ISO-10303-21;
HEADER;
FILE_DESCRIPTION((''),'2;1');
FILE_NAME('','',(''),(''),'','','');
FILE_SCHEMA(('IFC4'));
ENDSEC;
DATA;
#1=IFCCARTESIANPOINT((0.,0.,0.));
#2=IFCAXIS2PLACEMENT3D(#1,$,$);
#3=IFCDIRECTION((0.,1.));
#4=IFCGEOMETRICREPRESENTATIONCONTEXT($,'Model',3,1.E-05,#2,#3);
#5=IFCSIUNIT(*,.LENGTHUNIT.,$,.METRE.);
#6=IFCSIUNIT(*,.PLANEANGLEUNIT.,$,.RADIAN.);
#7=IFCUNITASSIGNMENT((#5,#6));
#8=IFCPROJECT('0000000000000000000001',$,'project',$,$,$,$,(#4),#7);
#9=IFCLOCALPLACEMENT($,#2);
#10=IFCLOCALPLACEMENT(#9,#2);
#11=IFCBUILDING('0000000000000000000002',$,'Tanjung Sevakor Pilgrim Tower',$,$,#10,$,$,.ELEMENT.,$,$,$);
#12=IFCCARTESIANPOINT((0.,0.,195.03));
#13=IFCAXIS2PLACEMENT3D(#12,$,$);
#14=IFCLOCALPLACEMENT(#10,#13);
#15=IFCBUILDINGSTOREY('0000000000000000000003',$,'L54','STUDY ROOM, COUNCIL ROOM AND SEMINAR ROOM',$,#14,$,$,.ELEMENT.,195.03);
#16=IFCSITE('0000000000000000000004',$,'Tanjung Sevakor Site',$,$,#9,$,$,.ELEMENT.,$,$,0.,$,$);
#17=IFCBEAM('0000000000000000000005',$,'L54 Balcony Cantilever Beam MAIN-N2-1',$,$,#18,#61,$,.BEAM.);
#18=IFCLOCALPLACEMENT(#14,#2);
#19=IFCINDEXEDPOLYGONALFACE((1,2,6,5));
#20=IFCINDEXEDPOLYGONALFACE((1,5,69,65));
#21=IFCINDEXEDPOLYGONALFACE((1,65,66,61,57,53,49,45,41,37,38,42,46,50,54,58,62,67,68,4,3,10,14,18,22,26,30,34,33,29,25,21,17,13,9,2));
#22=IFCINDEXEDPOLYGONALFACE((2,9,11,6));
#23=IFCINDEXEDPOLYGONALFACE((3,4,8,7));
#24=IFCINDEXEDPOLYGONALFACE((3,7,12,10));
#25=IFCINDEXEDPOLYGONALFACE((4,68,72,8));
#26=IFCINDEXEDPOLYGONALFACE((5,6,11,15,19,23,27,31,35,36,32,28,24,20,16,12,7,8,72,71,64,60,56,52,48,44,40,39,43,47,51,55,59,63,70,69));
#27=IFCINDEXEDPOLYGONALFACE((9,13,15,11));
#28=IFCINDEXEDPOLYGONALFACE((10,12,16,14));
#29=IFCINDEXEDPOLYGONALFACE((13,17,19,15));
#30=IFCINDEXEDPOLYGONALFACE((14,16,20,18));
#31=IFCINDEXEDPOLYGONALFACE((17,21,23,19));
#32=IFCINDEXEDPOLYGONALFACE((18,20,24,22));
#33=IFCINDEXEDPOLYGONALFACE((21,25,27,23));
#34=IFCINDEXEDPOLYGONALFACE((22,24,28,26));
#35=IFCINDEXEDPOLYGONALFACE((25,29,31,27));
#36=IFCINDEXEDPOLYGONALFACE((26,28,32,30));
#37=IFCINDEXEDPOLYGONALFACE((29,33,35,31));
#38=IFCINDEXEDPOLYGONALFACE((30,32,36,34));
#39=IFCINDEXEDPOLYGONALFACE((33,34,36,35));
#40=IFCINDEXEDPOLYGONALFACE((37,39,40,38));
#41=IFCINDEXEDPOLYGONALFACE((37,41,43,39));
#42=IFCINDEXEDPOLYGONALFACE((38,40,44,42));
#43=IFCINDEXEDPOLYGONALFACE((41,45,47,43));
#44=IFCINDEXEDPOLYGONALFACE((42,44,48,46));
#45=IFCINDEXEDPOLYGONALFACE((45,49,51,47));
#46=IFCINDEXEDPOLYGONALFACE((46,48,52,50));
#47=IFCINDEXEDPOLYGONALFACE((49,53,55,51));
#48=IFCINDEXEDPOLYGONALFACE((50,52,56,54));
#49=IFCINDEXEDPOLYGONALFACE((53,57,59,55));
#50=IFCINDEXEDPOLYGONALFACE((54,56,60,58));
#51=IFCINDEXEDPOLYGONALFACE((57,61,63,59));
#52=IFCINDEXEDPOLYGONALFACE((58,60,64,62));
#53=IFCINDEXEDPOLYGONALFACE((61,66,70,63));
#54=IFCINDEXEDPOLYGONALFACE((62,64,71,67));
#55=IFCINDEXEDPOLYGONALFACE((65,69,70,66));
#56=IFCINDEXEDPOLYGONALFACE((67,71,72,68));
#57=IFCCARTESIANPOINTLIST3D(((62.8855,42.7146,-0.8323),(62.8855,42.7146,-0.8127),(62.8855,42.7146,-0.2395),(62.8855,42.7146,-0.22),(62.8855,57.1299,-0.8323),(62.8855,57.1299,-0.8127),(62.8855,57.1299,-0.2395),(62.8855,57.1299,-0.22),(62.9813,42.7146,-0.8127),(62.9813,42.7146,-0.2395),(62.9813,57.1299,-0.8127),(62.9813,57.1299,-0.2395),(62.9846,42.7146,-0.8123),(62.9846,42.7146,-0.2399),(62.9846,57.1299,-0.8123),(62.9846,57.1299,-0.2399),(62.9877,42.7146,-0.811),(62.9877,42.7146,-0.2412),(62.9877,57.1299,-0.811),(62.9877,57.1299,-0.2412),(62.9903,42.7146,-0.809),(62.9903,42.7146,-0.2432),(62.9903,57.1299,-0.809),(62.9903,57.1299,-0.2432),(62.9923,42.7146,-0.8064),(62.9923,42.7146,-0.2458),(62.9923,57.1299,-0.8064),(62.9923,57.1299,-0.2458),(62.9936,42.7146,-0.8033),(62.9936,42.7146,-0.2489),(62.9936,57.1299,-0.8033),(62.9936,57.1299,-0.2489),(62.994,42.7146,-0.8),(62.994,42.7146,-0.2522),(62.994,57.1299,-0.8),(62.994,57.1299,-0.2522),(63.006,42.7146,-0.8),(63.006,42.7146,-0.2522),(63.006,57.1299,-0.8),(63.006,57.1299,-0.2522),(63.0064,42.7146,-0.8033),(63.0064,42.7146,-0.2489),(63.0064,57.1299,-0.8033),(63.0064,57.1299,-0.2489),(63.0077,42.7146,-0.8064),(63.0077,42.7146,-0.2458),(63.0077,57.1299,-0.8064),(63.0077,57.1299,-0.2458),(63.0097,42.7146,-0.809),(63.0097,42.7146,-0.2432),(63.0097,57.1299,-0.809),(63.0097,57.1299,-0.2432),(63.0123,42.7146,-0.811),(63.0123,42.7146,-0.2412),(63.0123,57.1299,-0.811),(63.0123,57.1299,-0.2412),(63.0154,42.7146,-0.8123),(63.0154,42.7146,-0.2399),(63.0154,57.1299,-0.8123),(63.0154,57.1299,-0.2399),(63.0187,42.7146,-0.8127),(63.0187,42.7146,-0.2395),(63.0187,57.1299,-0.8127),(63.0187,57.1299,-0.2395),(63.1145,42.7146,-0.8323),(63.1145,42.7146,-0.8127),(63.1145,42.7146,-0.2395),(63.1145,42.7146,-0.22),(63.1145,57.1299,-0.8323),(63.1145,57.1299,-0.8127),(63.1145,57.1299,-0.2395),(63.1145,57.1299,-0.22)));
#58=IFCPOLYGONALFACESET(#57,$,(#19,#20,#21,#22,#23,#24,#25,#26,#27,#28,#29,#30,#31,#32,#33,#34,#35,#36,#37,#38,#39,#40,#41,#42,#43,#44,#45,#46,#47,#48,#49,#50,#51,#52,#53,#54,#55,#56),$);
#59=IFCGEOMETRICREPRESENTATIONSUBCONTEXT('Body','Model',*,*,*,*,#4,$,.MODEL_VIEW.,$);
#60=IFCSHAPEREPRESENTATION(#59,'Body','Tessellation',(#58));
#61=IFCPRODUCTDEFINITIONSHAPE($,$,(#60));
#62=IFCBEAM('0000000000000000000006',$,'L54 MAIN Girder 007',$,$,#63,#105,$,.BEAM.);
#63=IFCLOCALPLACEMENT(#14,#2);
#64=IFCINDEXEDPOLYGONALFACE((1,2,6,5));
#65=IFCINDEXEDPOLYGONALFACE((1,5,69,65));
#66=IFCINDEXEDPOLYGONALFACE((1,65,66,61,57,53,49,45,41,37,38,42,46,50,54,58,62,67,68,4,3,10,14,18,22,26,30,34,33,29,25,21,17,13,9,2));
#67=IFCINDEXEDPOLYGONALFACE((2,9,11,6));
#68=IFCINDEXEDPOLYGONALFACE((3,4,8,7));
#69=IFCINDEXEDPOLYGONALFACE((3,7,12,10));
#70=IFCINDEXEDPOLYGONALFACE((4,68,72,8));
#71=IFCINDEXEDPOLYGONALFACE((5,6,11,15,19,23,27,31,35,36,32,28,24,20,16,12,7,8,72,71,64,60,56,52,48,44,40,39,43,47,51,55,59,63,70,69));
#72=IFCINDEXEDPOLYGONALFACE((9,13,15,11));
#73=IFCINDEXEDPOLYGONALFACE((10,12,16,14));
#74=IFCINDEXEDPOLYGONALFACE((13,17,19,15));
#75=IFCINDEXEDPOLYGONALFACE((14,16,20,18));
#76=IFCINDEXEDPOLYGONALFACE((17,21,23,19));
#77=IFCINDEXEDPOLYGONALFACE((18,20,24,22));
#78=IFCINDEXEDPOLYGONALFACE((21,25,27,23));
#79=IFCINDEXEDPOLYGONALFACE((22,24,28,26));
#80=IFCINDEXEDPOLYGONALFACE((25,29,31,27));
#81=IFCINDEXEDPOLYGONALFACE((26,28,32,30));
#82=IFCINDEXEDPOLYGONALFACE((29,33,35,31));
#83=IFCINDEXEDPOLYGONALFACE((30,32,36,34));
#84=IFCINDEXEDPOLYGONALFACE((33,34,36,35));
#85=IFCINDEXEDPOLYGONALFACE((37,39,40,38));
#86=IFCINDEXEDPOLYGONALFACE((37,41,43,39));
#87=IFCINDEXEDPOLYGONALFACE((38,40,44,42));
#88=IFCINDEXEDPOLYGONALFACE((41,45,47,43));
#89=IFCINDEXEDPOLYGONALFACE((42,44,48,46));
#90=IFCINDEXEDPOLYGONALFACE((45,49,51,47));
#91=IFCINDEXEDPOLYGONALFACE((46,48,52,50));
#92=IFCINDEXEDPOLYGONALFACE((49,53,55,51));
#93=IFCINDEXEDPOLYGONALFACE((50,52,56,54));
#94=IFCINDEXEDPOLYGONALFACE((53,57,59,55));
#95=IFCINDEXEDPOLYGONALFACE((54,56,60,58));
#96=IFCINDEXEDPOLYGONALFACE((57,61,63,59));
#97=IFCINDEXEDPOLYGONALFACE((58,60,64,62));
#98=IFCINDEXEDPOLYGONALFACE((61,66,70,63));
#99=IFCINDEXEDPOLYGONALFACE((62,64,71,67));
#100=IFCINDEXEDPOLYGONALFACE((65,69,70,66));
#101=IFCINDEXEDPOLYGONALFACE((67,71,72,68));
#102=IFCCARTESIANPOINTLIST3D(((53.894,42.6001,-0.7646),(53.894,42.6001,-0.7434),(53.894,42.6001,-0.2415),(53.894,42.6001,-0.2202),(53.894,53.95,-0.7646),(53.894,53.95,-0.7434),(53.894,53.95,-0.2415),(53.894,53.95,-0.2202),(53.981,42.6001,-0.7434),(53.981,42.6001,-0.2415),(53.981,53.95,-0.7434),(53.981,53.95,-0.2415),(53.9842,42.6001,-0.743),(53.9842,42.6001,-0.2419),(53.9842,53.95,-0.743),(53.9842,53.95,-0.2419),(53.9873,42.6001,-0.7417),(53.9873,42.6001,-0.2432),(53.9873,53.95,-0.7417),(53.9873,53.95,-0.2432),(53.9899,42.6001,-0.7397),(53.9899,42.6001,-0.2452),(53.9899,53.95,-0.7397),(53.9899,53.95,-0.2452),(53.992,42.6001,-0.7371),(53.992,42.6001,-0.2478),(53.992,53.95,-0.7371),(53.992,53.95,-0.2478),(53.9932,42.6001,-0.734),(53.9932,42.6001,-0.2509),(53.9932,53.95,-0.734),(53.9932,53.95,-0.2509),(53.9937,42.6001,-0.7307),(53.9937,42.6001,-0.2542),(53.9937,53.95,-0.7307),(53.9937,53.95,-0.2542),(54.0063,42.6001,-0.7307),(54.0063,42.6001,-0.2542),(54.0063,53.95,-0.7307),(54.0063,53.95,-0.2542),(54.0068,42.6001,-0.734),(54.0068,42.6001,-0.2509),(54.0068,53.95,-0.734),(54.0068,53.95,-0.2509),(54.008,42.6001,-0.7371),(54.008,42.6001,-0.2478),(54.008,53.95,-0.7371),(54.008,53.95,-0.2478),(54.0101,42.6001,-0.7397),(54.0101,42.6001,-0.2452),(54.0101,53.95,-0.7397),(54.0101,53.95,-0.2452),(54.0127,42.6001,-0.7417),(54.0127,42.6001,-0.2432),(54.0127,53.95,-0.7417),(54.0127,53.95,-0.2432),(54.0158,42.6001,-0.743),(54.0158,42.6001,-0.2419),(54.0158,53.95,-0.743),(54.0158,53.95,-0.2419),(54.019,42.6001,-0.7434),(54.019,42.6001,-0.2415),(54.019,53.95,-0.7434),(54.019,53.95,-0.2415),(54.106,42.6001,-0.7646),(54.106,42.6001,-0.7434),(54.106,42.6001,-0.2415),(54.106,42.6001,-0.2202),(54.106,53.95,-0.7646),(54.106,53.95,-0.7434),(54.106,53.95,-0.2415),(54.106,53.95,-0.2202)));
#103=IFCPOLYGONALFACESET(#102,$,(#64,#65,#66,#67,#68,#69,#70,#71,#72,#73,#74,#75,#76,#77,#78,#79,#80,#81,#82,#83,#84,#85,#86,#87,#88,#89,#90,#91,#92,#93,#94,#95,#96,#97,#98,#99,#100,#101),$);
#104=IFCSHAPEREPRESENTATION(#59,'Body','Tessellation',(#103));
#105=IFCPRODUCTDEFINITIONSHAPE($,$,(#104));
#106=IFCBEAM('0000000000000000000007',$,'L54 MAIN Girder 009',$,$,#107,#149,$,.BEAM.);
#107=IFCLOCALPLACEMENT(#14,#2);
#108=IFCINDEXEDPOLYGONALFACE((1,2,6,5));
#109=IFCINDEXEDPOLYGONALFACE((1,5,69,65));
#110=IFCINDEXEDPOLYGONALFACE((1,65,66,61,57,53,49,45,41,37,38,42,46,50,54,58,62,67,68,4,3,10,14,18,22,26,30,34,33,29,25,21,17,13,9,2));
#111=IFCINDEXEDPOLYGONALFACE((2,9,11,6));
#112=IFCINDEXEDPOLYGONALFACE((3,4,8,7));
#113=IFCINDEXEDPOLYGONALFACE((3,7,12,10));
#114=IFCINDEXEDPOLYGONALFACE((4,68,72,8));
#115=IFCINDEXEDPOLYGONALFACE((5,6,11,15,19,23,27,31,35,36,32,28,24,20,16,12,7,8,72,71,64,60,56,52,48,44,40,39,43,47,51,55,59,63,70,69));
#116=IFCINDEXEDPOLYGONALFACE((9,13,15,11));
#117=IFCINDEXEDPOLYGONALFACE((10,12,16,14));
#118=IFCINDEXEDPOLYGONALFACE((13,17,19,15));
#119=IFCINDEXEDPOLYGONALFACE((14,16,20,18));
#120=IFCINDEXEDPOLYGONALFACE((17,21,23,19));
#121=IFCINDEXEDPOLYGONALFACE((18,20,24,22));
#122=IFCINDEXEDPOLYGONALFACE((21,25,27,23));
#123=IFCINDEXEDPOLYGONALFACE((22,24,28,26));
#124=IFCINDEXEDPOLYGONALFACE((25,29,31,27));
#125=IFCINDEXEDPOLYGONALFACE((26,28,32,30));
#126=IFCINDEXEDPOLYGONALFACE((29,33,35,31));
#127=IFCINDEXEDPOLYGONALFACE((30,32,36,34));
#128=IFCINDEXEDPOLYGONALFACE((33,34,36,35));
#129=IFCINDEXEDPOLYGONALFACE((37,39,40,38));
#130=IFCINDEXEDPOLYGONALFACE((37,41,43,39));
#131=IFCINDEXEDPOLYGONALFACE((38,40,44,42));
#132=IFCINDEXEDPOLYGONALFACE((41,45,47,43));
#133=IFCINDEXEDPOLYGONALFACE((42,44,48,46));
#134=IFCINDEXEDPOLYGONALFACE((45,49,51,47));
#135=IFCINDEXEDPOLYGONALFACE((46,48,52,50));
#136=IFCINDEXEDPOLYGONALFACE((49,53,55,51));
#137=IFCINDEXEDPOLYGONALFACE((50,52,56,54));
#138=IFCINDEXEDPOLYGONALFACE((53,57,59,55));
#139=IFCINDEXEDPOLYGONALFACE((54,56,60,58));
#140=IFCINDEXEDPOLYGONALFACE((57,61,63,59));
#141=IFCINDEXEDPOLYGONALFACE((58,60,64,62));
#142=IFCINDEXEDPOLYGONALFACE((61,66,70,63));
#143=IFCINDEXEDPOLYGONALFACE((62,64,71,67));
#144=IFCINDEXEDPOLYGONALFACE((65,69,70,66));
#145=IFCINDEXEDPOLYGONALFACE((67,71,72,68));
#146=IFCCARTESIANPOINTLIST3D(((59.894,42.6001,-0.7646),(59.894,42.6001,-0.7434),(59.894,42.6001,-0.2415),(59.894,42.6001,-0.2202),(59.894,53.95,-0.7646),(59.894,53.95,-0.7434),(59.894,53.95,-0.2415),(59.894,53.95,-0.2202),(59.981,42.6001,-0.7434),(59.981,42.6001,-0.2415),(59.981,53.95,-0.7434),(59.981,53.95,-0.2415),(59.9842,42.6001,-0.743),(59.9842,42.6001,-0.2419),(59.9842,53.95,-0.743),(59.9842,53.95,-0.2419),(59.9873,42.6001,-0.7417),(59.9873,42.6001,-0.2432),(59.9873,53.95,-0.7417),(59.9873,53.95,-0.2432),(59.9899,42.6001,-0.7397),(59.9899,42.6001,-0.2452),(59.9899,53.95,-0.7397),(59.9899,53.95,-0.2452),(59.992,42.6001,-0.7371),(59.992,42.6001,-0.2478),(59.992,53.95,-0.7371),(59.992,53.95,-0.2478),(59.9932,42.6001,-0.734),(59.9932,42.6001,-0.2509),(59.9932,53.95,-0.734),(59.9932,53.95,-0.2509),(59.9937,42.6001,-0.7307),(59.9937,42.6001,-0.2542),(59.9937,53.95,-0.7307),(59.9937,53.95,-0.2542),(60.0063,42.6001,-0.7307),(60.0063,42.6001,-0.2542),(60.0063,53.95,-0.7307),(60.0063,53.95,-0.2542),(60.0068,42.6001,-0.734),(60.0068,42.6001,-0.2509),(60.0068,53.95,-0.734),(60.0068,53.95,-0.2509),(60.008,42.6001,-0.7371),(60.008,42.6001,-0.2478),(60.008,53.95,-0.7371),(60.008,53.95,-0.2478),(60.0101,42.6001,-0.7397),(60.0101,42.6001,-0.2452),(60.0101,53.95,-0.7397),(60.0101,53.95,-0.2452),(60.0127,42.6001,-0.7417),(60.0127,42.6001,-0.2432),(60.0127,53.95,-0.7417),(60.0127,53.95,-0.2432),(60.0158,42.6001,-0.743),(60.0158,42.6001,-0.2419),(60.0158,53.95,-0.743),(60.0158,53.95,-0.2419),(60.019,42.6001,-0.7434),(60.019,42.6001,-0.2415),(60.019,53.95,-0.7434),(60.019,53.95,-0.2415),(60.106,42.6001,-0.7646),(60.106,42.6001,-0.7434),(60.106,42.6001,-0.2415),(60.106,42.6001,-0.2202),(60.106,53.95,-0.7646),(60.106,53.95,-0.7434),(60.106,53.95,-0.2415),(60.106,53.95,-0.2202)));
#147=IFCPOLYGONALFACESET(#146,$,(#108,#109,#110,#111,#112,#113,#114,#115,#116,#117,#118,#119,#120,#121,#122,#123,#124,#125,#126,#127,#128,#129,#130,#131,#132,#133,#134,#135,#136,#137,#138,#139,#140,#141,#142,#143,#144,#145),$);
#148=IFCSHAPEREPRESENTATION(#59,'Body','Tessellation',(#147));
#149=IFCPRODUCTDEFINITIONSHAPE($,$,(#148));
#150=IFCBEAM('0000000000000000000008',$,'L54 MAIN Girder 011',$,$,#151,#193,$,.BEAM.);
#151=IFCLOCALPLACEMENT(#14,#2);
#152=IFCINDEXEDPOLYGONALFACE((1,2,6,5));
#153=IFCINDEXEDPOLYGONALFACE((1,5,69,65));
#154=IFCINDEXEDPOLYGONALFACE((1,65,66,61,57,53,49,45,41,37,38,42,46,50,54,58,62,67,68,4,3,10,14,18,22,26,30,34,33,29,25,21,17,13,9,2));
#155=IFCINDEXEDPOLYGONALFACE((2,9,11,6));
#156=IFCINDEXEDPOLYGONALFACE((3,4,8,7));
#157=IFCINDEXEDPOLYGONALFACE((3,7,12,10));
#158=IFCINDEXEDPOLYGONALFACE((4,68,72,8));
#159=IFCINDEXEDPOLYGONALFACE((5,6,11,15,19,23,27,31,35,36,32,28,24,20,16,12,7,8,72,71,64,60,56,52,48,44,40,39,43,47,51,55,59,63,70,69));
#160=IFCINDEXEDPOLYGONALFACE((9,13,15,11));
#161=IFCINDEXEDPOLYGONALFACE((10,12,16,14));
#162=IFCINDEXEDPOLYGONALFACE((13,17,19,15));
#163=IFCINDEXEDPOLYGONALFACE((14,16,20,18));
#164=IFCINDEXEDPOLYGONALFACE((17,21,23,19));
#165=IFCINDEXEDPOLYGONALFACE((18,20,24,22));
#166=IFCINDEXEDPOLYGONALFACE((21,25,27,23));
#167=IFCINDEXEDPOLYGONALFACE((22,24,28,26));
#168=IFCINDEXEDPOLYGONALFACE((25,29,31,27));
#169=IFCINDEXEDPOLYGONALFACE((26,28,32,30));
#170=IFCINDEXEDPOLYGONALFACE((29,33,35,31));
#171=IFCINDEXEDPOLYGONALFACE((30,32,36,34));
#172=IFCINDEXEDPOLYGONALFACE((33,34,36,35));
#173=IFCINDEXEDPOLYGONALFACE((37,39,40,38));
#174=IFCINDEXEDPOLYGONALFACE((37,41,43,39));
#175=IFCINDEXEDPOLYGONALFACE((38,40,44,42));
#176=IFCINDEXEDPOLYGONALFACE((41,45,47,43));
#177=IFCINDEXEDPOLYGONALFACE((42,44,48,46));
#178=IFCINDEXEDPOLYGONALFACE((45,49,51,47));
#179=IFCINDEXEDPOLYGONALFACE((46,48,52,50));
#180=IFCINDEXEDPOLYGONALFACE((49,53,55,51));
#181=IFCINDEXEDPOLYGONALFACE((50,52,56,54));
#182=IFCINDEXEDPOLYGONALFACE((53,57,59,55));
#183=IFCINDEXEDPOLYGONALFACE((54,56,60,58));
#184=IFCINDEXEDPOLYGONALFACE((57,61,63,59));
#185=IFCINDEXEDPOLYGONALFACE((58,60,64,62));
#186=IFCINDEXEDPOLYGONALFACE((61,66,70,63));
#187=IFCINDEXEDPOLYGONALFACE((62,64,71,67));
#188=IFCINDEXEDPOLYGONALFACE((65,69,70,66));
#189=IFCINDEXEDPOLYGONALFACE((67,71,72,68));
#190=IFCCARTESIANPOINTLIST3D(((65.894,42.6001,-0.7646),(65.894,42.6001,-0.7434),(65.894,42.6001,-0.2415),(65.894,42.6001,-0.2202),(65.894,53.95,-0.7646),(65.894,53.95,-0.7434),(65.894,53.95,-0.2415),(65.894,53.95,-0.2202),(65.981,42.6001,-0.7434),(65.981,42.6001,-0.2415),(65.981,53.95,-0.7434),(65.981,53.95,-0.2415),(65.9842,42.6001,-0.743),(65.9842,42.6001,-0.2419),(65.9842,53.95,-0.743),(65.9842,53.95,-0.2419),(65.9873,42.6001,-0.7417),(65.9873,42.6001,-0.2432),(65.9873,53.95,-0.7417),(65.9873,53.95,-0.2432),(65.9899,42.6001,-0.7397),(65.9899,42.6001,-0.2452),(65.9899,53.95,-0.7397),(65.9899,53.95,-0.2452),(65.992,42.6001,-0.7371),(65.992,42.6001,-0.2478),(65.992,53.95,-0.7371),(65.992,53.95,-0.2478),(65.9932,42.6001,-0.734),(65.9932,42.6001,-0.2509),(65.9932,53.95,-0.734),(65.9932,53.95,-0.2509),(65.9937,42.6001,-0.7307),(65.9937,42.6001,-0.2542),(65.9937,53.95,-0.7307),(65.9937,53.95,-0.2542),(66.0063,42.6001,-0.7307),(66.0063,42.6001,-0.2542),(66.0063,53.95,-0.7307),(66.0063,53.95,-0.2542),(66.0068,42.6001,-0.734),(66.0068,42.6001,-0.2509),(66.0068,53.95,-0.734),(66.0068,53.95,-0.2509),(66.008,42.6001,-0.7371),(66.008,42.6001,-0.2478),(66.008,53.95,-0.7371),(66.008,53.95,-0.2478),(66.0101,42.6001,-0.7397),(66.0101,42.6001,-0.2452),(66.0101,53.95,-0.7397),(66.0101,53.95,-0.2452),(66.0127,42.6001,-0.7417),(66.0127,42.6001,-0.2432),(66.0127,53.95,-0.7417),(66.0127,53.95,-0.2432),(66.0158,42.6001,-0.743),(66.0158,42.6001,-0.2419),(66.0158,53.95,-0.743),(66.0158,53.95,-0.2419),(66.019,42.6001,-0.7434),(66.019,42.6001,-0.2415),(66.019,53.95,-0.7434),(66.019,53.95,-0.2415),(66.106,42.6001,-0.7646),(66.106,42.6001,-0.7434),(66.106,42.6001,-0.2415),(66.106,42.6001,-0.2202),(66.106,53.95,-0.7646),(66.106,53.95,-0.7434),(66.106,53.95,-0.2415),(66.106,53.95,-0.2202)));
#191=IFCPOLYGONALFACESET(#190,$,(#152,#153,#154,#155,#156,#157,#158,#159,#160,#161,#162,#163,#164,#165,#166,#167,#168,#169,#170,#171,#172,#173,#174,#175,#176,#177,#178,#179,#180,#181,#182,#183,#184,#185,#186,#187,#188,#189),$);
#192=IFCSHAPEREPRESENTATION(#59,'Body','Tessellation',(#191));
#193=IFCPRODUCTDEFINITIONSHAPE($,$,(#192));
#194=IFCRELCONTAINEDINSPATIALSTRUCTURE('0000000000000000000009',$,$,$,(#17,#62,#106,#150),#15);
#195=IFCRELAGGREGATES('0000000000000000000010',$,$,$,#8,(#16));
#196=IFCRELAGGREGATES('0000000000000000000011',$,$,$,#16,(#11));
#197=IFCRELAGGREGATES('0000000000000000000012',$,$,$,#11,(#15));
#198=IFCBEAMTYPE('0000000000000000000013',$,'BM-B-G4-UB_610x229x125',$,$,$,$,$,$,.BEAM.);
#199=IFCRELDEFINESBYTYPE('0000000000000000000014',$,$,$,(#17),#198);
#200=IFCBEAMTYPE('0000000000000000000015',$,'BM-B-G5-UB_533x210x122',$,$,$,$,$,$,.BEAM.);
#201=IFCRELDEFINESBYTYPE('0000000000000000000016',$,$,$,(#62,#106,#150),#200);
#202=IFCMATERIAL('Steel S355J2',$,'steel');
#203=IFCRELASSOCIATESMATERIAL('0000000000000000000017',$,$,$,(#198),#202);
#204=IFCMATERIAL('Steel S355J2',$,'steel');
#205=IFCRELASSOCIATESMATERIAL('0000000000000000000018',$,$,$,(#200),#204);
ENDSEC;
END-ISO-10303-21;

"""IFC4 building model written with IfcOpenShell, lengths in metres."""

from ifc_helpers import new_model, si_unit, direction, frame, origin, origin_2d, place, context, subcontext, project, spatial, i_section, extrude, material, material_profile, profile_set, type_object, element, save


model = new_model("IFC4")

# Units and contexts
model_context = context("Model", 3, precision=1e-05, world=origin(), true_north=direction((0.0, 1.0)))
body_context = subcontext(model_context, "Body", "Model", "MODEL_VIEW")
ifc_project = project(units=[si_unit("LENGTHUNIT", "METRE"), si_unit("PLANEANGLEUNIT", "RADIAN")], contexts=[model_context])

# Site, building, storey
site_placement = place(None, origin())
site = spatial("IfcSite", under=ifc_project, at=site_placement, Name="Tanjung Sevakor Site", CompositionType="ELEMENT", RefElevation=0.0)
building_placement = place(site_placement, origin())
building = spatial("IfcBuilding", under=site, at=building_placement, Name="Tanjung Sevakor Pilgrim Tower", CompositionType="ELEMENT")
storey_placement = place(building_placement, frame((0.0, 0.0, 195.03)))
storey = spatial("IfcBuildingStorey", under=building, at=storey_placement, Name="L54", Description="STUDY ROOM, COUNCIL ROOM AND SEMINAR ROOM", CompositionType="ELEMENT", Elevation=195.03)

# Beams
ifc_material_1 = material(Name="Steel S355J2", Category="steel")
ifc_material_profile_1 = material_profile(ifc_material_1, i_section(OverallWidth=0.229, OverallDepth=0.6123, WebThickness=0.012, FlangeThickness=0.0195, FilletRadius=0.0127, at=origin_2d()))
ifc_profile_set_1 = profile_set([ifc_material_profile_1], Name="Steel S355J2")
beam_type_1 = type_object("IfcBeamType", Name="BM-B-G4-UB_610x229x125", PredefinedType="BEAM", material=ifc_profile_set_1)
beam_1_placement = place(storey_placement, frame((63.0, 42.7146, -0.5261), z_axis=(0.0, 1.0, 0.0), x_axis=(-1.0, 0.0, 0.0)))
element("IfcBeam", 1, at=beam_1_placement, inside=storey, type_object=beam_type_1, Name="L54 Balcony Cantilever Beam MAIN-N2-1", PredefinedType="BEAM", context=body_context, shape_type="SweptSolid", body=[
    extrude(i_section(OverallWidth=0.229, OverallDepth=0.6123, WebThickness=0.012, FlangeThickness=0.0195, FilletRadius=0.0127, at=origin_2d()), origin(), (0.0, 0.0, 1.0), 14.4153),
])
ifc_material_2 = material(Name="Steel S355J2", Category="steel")
ifc_material_profile_2 = material_profile(ifc_material_2, i_section(OverallWidth=0.2119, OverallDepth=0.5444, WebThickness=0.0127, FlangeThickness=0.0212, FilletRadius=0.0127, at=origin_2d()))
ifc_profile_set_2 = profile_set([ifc_material_profile_2], Name="Steel S355J2")
beam_type_2 = type_object("IfcBeamType", Name="BM-B-G5-UB_533x210x122", PredefinedType="BEAM", material=ifc_profile_set_2)
for number, where, z_axis, x_axis, name in (
    (2, (54.0, 42.6001, -0.4924), (0.0, 1.0, 0.0), (-1.0, 0.0, 0.0), "L54 MAIN Girder 007"),
    (3, (60.0, 42.6001, -0.4924), (0.0, 1.0, 0.0), (-1.0, 0.0, 0.0), "L54 MAIN Girder 009"),
    (4, (66.0, 42.6001, -0.4924), (0.0, 1.0, 0.0), (-1.0, 0.0, 0.0), "L54 MAIN Girder 011"),
):
    element("IfcBeam", number, at=place(storey_placement, frame(where, z_axis=z_axis, x_axis=x_axis)), inside=storey, type_object=beam_type_2, Name=name, PredefinedType="BEAM", context=body_context, shape_type="SweptSolid", body=[
        extrude(i_section(OverallWidth=0.2119, OverallDepth=0.5444, WebThickness=0.0127, FlangeThickness=0.0212, FilletRadius=0.0127, at=origin_2d()), origin(), (0.0, 0.0, 1.0), 11.3499),
    ])

save(model, "model.ifc")
